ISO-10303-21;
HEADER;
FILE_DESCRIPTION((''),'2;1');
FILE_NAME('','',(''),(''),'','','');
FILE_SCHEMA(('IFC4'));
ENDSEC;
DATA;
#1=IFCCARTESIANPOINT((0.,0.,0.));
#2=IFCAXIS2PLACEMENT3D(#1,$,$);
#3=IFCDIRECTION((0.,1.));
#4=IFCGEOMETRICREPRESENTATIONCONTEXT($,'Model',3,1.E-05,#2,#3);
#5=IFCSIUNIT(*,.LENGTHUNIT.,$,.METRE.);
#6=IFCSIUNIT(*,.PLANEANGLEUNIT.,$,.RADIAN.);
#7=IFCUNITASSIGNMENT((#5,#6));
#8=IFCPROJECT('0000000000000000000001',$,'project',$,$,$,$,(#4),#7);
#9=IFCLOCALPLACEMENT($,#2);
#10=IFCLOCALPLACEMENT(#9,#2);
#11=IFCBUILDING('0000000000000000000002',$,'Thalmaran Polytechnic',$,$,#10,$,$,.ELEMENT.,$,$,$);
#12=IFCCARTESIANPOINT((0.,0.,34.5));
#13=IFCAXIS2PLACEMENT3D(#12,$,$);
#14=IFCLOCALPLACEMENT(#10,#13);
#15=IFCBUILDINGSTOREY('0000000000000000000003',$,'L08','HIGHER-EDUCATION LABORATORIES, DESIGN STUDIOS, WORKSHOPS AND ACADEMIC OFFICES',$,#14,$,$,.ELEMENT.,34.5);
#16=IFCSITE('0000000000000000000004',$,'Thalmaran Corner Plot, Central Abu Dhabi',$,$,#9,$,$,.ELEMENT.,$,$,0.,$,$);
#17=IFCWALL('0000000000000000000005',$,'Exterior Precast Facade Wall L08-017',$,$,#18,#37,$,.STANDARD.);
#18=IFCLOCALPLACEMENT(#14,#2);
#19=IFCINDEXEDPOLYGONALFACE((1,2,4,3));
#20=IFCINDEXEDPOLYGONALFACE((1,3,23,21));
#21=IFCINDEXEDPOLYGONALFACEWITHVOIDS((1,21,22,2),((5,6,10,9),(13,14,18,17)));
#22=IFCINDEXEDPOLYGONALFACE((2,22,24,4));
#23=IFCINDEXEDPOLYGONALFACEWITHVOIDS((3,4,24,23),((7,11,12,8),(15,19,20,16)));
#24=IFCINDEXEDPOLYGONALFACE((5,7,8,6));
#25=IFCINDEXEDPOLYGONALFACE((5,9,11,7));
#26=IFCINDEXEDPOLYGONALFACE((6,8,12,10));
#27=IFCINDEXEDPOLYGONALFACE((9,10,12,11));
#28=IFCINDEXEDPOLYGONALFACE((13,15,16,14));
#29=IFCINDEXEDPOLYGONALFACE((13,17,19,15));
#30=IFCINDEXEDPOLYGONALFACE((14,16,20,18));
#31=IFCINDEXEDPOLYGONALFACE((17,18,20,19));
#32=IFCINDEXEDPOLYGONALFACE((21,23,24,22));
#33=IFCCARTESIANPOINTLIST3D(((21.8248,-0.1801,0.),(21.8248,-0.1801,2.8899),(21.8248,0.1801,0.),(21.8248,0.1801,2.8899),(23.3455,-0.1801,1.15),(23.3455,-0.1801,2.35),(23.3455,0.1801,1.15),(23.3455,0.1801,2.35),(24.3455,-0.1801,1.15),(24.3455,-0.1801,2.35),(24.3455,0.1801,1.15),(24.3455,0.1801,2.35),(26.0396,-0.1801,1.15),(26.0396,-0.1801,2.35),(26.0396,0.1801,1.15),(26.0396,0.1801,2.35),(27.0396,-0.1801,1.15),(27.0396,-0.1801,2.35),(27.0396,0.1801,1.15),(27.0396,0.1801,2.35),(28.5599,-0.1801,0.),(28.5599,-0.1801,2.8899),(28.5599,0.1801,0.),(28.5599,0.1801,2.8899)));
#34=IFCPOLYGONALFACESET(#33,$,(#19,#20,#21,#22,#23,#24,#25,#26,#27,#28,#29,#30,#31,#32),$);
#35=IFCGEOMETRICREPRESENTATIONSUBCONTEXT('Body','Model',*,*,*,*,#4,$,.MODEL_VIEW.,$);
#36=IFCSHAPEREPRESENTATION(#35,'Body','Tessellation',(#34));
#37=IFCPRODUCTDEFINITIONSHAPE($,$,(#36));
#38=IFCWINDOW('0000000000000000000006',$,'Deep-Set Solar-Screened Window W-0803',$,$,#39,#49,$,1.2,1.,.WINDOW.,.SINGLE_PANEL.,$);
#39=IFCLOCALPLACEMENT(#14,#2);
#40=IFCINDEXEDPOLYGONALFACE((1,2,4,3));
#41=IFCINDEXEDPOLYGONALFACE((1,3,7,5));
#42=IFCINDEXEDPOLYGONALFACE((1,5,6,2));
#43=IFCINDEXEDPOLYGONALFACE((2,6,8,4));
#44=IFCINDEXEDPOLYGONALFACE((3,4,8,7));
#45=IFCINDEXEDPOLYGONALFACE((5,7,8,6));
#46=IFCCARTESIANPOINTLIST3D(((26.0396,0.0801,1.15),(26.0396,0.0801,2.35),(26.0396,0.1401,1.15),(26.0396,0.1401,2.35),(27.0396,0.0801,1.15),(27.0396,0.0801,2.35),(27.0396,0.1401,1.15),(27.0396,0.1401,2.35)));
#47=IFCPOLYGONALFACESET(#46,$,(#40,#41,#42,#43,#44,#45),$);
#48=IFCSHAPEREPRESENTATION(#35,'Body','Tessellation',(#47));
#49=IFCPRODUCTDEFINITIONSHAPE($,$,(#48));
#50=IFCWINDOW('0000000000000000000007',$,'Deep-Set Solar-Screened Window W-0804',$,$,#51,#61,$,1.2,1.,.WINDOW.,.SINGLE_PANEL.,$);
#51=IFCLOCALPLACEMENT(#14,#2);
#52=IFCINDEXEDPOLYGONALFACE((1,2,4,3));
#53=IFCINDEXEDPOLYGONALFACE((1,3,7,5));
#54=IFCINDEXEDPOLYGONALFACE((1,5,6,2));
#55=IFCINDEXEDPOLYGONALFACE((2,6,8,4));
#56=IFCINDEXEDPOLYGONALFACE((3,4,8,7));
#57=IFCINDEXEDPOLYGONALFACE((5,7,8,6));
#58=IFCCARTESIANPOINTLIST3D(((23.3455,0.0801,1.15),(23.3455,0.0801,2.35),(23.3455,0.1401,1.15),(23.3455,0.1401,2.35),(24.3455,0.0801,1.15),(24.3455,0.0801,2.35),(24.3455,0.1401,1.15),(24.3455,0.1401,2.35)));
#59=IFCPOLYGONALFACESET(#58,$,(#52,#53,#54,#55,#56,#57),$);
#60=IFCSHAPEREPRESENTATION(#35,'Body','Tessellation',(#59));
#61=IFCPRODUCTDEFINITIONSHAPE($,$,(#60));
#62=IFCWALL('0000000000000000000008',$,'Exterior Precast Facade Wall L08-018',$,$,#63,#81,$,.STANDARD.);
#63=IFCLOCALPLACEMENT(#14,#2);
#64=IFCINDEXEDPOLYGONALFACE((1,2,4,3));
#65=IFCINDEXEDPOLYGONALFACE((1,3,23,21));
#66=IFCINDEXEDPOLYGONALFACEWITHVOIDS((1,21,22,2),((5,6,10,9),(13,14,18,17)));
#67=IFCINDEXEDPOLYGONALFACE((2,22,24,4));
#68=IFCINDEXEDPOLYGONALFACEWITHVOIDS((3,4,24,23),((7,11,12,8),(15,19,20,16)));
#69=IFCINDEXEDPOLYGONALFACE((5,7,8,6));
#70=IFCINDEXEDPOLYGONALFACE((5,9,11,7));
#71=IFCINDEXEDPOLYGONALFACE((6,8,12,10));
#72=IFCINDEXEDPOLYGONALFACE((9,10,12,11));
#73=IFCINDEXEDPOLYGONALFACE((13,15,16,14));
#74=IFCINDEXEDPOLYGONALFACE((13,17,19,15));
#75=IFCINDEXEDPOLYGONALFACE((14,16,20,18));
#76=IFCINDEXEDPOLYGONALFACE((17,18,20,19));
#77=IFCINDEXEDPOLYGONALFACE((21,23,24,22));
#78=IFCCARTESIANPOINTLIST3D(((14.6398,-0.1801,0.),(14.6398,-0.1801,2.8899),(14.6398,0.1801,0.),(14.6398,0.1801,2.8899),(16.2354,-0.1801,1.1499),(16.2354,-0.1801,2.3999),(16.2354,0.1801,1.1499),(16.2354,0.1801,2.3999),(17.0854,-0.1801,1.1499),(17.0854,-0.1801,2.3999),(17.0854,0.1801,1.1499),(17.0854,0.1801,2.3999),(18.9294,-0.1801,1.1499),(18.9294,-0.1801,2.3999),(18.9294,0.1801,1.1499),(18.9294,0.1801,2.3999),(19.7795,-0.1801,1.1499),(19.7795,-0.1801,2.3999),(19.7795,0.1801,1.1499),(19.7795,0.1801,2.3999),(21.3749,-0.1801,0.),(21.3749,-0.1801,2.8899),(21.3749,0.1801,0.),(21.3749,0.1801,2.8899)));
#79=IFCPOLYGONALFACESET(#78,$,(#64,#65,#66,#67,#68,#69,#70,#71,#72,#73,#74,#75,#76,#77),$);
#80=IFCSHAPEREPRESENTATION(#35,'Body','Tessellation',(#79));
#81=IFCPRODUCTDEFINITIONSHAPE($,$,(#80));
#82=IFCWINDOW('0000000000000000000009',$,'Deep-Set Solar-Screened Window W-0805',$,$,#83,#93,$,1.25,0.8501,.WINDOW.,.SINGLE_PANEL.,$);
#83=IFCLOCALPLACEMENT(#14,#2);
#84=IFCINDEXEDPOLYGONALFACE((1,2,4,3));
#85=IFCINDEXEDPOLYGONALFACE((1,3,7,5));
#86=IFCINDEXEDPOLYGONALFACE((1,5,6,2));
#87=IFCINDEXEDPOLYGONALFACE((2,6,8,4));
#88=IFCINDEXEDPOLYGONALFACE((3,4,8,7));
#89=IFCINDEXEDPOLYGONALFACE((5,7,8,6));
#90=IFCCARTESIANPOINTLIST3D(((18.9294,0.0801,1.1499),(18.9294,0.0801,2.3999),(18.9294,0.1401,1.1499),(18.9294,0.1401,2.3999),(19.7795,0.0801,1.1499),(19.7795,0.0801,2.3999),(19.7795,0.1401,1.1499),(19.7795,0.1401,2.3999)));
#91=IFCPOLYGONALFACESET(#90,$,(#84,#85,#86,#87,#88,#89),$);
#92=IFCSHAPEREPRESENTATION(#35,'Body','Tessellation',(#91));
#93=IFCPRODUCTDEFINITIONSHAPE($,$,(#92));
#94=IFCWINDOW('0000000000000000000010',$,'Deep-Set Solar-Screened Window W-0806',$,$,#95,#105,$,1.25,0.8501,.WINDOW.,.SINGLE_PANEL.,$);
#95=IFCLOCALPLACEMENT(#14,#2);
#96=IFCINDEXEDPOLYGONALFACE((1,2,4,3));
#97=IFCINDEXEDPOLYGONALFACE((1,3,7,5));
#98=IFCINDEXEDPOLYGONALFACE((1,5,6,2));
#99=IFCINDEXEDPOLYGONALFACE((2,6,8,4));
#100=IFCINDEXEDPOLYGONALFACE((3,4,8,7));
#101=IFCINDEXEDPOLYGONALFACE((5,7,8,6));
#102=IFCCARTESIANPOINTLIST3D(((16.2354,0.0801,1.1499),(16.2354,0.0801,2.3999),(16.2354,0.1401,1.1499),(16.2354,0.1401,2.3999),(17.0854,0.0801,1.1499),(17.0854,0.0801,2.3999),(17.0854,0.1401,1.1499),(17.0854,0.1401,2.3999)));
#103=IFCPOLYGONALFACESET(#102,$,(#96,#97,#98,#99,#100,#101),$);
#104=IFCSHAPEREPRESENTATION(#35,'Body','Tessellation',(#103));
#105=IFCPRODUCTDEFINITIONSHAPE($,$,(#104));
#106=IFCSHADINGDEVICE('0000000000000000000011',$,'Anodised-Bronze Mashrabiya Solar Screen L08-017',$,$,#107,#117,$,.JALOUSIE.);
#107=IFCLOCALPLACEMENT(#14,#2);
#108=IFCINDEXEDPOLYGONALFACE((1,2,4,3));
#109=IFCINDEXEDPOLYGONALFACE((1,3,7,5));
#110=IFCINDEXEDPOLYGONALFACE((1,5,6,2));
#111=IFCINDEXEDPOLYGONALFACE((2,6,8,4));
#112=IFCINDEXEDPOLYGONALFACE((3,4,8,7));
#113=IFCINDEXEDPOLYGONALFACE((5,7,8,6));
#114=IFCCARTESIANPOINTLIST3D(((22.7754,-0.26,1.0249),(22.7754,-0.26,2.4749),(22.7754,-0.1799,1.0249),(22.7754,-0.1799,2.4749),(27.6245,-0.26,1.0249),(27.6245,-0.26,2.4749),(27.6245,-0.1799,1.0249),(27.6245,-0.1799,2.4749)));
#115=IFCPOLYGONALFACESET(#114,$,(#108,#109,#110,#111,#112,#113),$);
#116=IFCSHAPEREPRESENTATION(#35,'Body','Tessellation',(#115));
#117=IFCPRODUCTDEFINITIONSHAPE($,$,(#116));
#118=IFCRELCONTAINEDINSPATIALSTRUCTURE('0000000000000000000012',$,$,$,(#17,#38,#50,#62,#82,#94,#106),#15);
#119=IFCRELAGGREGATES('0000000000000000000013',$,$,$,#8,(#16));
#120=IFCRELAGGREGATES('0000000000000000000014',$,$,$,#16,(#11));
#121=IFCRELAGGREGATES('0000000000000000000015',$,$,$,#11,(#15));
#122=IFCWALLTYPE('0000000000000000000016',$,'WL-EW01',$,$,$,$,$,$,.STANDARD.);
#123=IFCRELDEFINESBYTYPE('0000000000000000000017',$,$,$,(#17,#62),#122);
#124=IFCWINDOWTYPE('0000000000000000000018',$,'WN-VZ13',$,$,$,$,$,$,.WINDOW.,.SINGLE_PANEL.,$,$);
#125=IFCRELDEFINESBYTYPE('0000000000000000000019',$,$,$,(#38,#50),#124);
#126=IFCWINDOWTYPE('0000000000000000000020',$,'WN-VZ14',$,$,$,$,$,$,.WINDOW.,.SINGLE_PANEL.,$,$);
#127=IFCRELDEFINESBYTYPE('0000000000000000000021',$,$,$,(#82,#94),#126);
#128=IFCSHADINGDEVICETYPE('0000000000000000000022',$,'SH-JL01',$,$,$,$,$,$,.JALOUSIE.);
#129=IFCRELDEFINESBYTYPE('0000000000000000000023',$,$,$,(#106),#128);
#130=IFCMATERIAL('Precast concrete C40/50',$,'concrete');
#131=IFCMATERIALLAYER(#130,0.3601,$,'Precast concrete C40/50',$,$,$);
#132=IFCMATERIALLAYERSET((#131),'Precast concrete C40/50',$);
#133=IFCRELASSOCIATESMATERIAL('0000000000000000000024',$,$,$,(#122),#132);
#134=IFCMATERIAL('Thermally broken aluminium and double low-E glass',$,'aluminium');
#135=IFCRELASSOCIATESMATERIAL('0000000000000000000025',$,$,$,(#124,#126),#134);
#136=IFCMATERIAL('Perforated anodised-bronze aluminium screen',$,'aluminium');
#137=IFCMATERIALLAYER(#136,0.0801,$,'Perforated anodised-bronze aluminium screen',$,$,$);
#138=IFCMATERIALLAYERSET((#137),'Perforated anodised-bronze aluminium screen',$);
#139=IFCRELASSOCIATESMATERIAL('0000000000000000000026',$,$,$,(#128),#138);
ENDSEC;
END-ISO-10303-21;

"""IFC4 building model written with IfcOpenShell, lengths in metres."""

from ifc_helpers import new_model, si_unit, direction, frame, frame_2d, origin, origin_2d, place, context, subcontext, project, spatial, rectangle, extrude, material, layer, layer_set, type_object, element, fill, save


model = new_model("IFC4")

# Units and contexts
model_context = context("Model", 3, precision=1e-05, world=origin(), true_north=direction((0.0, 1.0)))
body_context = subcontext(model_context, "Body", "Model", "MODEL_VIEW")
ifc_project = project(units=[si_unit("LENGTHUNIT", "METRE"), si_unit("PLANEANGLEUNIT", "RADIAN")], contexts=[model_context])

# Site, building, storey
site_placement = place(None, origin())
site = spatial("IfcSite", under=ifc_project, at=site_placement, Name="Thalmaran Corner Plot, Central Abu Dhabi", CompositionType="ELEMENT", RefElevation=0.0)
building_placement = place(site_placement, origin())
building = spatial("IfcBuilding", under=site, at=building_placement, Name="Thalmaran Polytechnic", CompositionType="ELEMENT")
storey_placement = place(building_placement, frame((0.0, 0.0, 34.5)))
storey = spatial("IfcBuildingStorey", under=building, at=storey_placement, Name="L08", Description="HIGHER-EDUCATION LABORATORIES, DESIGN STUDIOS, WORKSHOPS AND ACADEMIC OFFICES", CompositionType="ELEMENT", Elevation=34.5)

# Walls, openings, windows
ifc_material_1 = material(Name="Precast concrete C40/50", Category="concrete")
ifc_layer_1 = layer(ifc_material_1, 0.3601, Name="Precast concrete C40/50")
ifc_layer_set_1 = layer_set([ifc_layer_1], Name="Precast concrete C40/50")
wall_type = type_object("IfcWallType", Name="WL-EW01", PredefinedType="STANDARD", material=ifc_layer_set_1)
wall_1_placement = place(storey_placement, frame((28.5601, 0.0, 0.0), z_axis=(0.0, 0.0, 1.0), x_axis=(-1.0, 0.0, 0.0)))
wall_1 = element("IfcWall", 1, at=wall_1_placement, inside=storey, type_object=wall_type, Name="Exterior Precast Facade Wall L08-017", PredefinedType="STANDARD", context=body_context, shape_type="SweptSolid", body=[
    extrude(rectangle(XDim=6.7351, YDim=0.3601, at=frame_2d((3.3677, 0.0))), origin(), (0.0, 0.0, 1.0), 2.8899),
])
opening_1_placement = place(wall_1_placement, frame((1.5205, 0.0, 1.1499)))
opening_1 = element("IfcOpeningElement", 2, at=opening_1_placement, cuts=wall_1, PredefinedType="OPENING", context=body_context, shape_type="SweptSolid", body=[
    extrude(rectangle(XDim=1.0, YDim=1.2, at=frame_2d((0.5, 0.6001))), frame((0.0, 0.1899, 0.0), z_axis=(0.0, -1.0, 0.0), x_axis=(1.0, 0.0, 0.0)), (0.0, 0.0, 1.0), 0.3801),
])
opening_2_placement = place(wall_1_placement, frame((4.2146, 0.0, 1.1499)))
opening_2 = element("IfcOpeningElement", 3, at=opening_2_placement, cuts=wall_1, PredefinedType="OPENING", context=body_context, shape_type="SweptSolid", body=[
    extrude(rectangle(XDim=1.0, YDim=1.2, at=frame_2d((0.5, 0.6001))), frame((0.0, 0.1899, 0.0), z_axis=(0.0, -1.0, 0.0), x_axis=(1.0, 0.0, 0.0)), (0.0, 0.0, 1.0), 0.3801),
])
ifc_material_2 = material(Name="Thermally broken aluminium and double low-E glass", Category="aluminium")
window_type_1 = type_object("IfcWindowType", Name="WN-VZ13", PartitioningType="SINGLE_PANEL", PredefinedType="WINDOW", material=ifc_material_2)
window_1_placement = place(opening_1_placement, origin())
window_1 = element("IfcWindow", 4, at=window_1_placement, inside=storey, type_object=window_type_1, Name="Deep-Set Solar-Screened Window W-0803", OverallHeight=1.2, OverallWidth=1.0, PartitioningType="SINGLE_PANEL", PredefinedType="WINDOW", context=body_context, shape_type="SweptSolid", body=[
    extrude(rectangle(XDim=1.0, YDim=1.2, at=frame_2d((0.5, 0.6001))), frame((0.0, -0.0801, 0.0), z_axis=(0.0, -1.0, 0.0), x_axis=(1.0, 0.0, 0.0)), (0.0, 0.0, 1.0), 0.0601),
])
fill(opening_1, window_1)
window_2_placement = place(opening_2_placement, origin())
window_2 = element("IfcWindow", 5, at=window_2_placement, inside=storey, type_object=window_type_1, Name="Deep-Set Solar-Screened Window W-0804", OverallHeight=1.2, OverallWidth=1.0, PartitioningType="SINGLE_PANEL", PredefinedType="WINDOW", context=body_context, shape_type="SweptSolid", body=[
    extrude(rectangle(XDim=1.0, YDim=1.2, at=frame_2d((0.5, 0.6001))), frame((0.0, -0.0801, 0.0), z_axis=(0.0, -1.0, 0.0), x_axis=(1.0, 0.0, 0.0)), (0.0, 0.0, 1.0), 0.0601),
])
fill(opening_2, window_2)
wall_2_placement = place(storey_placement, frame((21.375, 0.0, 0.0), z_axis=(0.0, 0.0, 1.0), x_axis=(-1.0, 0.0, 0.0)))
wall_2 = element("IfcWall", 6, at=wall_2_placement, inside=storey, type_object=wall_type, Name="Exterior Precast Facade Wall L08-018", PredefinedType="STANDARD", context=body_context, shape_type="SweptSolid", body=[
    extrude(rectangle(XDim=6.7351, YDim=0.3601, at=frame_2d((3.3677, 0.0))), origin(), (0.0, 0.0, 1.0), 2.8899),
])
opening_3_placement = place(wall_2_placement, frame((1.5955, 0.0, 1.1499)))
opening_3 = element("IfcOpeningElement", 7, at=opening_3_placement, cuts=wall_2, PredefinedType="OPENING", context=body_context, shape_type="SweptSolid", body=[
    extrude(rectangle(XDim=0.8501, YDim=1.25, at=frame_2d((0.425, 0.625))), frame((0.0, 0.1899, 0.0), z_axis=(0.0, -1.0, 0.0), x_axis=(1.0, 0.0, 0.0)), (0.0, 0.0, 1.0), 0.3801),
])
opening_4_placement = place(wall_2_placement, frame((4.2896, 0.0, 1.1499)))
opening_4 = element("IfcOpeningElement", 8, at=opening_4_placement, cuts=wall_2, PredefinedType="OPENING", context=body_context, shape_type="SweptSolid", body=[
    extrude(rectangle(XDim=0.8501, YDim=1.25, at=frame_2d((0.425, 0.625))), frame((0.0, 0.1899, 0.0), z_axis=(0.0, -1.0, 0.0), x_axis=(1.0, 0.0, 0.0)), (0.0, 0.0, 1.0), 0.3801),
])
window_type_2 = type_object("IfcWindowType", Name="WN-VZ14", PartitioningType="SINGLE_PANEL", PredefinedType="WINDOW", material=ifc_material_2)
window_3_placement = place(opening_3_placement, origin())
window_3 = element("IfcWindow", 9, at=window_3_placement, inside=storey, type_object=window_type_2, Name="Deep-Set Solar-Screened Window W-0805", OverallHeight=1.25, OverallWidth=0.8501, PartitioningType="SINGLE_PANEL", PredefinedType="WINDOW", context=body_context, shape_type="SweptSolid", body=[
    extrude(rectangle(XDim=0.8501, YDim=1.25, at=frame_2d((0.425, 0.625))), frame((0.0, -0.0801, 0.0), z_axis=(0.0, -1.0, 0.0), x_axis=(1.0, 0.0, 0.0)), (0.0, 0.0, 1.0), 0.0601),
])
fill(opening_3, window_3)
window_4_placement = place(opening_4_placement, origin())
window_4 = element("IfcWindow", 10, at=window_4_placement, inside=storey, type_object=window_type_2, Name="Deep-Set Solar-Screened Window W-0806", OverallHeight=1.25, OverallWidth=0.8501, PartitioningType="SINGLE_PANEL", PredefinedType="WINDOW", context=body_context, shape_type="SweptSolid", body=[
    extrude(rectangle(XDim=0.8501, YDim=1.25, at=frame_2d((0.425, 0.625))), frame((0.0, -0.0801, 0.0), z_axis=(0.0, -1.0, 0.0), x_axis=(1.0, 0.0, 0.0)), (0.0, 0.0, 1.0), 0.0601),
])
fill(opening_4, window_4)

# Shading device
ifc_material_3 = material(Name="Perforated anodised-bronze aluminium screen", Category="aluminium")
ifc_layer_2 = layer(ifc_material_3, 0.0801, Name="Perforated anodised-bronze aluminium screen")
ifc_layer_set_2 = layer_set([ifc_layer_2], Name="Perforated anodised-bronze aluminium screen")
shading_device_type = type_object("IfcShadingDeviceType", Name="SH-JL01", PredefinedType="JALOUSIE", material=ifc_layer_set_2)
shading_device_placement = place(storey_placement, frame((25.2, -0.22, 1.0249), z_axis=(0.0, 0.0, 1.0), x_axis=(-1.0, 0.0, 0.0)))
element("IfcShadingDevice", 11, at=shading_device_placement, inside=storey, type_object=shading_device_type, Name="Anodised-Bronze Mashrabiya Solar Screen L08-017", PredefinedType="JALOUSIE", context=body_context, shape_type="SweptSolid", body=[
    extrude(rectangle(XDim=4.8491, YDim=0.0801, at=origin_2d()), origin(), (0.0, 0.0, 1.0), 1.45),
])

save(model, "model.ifc")
